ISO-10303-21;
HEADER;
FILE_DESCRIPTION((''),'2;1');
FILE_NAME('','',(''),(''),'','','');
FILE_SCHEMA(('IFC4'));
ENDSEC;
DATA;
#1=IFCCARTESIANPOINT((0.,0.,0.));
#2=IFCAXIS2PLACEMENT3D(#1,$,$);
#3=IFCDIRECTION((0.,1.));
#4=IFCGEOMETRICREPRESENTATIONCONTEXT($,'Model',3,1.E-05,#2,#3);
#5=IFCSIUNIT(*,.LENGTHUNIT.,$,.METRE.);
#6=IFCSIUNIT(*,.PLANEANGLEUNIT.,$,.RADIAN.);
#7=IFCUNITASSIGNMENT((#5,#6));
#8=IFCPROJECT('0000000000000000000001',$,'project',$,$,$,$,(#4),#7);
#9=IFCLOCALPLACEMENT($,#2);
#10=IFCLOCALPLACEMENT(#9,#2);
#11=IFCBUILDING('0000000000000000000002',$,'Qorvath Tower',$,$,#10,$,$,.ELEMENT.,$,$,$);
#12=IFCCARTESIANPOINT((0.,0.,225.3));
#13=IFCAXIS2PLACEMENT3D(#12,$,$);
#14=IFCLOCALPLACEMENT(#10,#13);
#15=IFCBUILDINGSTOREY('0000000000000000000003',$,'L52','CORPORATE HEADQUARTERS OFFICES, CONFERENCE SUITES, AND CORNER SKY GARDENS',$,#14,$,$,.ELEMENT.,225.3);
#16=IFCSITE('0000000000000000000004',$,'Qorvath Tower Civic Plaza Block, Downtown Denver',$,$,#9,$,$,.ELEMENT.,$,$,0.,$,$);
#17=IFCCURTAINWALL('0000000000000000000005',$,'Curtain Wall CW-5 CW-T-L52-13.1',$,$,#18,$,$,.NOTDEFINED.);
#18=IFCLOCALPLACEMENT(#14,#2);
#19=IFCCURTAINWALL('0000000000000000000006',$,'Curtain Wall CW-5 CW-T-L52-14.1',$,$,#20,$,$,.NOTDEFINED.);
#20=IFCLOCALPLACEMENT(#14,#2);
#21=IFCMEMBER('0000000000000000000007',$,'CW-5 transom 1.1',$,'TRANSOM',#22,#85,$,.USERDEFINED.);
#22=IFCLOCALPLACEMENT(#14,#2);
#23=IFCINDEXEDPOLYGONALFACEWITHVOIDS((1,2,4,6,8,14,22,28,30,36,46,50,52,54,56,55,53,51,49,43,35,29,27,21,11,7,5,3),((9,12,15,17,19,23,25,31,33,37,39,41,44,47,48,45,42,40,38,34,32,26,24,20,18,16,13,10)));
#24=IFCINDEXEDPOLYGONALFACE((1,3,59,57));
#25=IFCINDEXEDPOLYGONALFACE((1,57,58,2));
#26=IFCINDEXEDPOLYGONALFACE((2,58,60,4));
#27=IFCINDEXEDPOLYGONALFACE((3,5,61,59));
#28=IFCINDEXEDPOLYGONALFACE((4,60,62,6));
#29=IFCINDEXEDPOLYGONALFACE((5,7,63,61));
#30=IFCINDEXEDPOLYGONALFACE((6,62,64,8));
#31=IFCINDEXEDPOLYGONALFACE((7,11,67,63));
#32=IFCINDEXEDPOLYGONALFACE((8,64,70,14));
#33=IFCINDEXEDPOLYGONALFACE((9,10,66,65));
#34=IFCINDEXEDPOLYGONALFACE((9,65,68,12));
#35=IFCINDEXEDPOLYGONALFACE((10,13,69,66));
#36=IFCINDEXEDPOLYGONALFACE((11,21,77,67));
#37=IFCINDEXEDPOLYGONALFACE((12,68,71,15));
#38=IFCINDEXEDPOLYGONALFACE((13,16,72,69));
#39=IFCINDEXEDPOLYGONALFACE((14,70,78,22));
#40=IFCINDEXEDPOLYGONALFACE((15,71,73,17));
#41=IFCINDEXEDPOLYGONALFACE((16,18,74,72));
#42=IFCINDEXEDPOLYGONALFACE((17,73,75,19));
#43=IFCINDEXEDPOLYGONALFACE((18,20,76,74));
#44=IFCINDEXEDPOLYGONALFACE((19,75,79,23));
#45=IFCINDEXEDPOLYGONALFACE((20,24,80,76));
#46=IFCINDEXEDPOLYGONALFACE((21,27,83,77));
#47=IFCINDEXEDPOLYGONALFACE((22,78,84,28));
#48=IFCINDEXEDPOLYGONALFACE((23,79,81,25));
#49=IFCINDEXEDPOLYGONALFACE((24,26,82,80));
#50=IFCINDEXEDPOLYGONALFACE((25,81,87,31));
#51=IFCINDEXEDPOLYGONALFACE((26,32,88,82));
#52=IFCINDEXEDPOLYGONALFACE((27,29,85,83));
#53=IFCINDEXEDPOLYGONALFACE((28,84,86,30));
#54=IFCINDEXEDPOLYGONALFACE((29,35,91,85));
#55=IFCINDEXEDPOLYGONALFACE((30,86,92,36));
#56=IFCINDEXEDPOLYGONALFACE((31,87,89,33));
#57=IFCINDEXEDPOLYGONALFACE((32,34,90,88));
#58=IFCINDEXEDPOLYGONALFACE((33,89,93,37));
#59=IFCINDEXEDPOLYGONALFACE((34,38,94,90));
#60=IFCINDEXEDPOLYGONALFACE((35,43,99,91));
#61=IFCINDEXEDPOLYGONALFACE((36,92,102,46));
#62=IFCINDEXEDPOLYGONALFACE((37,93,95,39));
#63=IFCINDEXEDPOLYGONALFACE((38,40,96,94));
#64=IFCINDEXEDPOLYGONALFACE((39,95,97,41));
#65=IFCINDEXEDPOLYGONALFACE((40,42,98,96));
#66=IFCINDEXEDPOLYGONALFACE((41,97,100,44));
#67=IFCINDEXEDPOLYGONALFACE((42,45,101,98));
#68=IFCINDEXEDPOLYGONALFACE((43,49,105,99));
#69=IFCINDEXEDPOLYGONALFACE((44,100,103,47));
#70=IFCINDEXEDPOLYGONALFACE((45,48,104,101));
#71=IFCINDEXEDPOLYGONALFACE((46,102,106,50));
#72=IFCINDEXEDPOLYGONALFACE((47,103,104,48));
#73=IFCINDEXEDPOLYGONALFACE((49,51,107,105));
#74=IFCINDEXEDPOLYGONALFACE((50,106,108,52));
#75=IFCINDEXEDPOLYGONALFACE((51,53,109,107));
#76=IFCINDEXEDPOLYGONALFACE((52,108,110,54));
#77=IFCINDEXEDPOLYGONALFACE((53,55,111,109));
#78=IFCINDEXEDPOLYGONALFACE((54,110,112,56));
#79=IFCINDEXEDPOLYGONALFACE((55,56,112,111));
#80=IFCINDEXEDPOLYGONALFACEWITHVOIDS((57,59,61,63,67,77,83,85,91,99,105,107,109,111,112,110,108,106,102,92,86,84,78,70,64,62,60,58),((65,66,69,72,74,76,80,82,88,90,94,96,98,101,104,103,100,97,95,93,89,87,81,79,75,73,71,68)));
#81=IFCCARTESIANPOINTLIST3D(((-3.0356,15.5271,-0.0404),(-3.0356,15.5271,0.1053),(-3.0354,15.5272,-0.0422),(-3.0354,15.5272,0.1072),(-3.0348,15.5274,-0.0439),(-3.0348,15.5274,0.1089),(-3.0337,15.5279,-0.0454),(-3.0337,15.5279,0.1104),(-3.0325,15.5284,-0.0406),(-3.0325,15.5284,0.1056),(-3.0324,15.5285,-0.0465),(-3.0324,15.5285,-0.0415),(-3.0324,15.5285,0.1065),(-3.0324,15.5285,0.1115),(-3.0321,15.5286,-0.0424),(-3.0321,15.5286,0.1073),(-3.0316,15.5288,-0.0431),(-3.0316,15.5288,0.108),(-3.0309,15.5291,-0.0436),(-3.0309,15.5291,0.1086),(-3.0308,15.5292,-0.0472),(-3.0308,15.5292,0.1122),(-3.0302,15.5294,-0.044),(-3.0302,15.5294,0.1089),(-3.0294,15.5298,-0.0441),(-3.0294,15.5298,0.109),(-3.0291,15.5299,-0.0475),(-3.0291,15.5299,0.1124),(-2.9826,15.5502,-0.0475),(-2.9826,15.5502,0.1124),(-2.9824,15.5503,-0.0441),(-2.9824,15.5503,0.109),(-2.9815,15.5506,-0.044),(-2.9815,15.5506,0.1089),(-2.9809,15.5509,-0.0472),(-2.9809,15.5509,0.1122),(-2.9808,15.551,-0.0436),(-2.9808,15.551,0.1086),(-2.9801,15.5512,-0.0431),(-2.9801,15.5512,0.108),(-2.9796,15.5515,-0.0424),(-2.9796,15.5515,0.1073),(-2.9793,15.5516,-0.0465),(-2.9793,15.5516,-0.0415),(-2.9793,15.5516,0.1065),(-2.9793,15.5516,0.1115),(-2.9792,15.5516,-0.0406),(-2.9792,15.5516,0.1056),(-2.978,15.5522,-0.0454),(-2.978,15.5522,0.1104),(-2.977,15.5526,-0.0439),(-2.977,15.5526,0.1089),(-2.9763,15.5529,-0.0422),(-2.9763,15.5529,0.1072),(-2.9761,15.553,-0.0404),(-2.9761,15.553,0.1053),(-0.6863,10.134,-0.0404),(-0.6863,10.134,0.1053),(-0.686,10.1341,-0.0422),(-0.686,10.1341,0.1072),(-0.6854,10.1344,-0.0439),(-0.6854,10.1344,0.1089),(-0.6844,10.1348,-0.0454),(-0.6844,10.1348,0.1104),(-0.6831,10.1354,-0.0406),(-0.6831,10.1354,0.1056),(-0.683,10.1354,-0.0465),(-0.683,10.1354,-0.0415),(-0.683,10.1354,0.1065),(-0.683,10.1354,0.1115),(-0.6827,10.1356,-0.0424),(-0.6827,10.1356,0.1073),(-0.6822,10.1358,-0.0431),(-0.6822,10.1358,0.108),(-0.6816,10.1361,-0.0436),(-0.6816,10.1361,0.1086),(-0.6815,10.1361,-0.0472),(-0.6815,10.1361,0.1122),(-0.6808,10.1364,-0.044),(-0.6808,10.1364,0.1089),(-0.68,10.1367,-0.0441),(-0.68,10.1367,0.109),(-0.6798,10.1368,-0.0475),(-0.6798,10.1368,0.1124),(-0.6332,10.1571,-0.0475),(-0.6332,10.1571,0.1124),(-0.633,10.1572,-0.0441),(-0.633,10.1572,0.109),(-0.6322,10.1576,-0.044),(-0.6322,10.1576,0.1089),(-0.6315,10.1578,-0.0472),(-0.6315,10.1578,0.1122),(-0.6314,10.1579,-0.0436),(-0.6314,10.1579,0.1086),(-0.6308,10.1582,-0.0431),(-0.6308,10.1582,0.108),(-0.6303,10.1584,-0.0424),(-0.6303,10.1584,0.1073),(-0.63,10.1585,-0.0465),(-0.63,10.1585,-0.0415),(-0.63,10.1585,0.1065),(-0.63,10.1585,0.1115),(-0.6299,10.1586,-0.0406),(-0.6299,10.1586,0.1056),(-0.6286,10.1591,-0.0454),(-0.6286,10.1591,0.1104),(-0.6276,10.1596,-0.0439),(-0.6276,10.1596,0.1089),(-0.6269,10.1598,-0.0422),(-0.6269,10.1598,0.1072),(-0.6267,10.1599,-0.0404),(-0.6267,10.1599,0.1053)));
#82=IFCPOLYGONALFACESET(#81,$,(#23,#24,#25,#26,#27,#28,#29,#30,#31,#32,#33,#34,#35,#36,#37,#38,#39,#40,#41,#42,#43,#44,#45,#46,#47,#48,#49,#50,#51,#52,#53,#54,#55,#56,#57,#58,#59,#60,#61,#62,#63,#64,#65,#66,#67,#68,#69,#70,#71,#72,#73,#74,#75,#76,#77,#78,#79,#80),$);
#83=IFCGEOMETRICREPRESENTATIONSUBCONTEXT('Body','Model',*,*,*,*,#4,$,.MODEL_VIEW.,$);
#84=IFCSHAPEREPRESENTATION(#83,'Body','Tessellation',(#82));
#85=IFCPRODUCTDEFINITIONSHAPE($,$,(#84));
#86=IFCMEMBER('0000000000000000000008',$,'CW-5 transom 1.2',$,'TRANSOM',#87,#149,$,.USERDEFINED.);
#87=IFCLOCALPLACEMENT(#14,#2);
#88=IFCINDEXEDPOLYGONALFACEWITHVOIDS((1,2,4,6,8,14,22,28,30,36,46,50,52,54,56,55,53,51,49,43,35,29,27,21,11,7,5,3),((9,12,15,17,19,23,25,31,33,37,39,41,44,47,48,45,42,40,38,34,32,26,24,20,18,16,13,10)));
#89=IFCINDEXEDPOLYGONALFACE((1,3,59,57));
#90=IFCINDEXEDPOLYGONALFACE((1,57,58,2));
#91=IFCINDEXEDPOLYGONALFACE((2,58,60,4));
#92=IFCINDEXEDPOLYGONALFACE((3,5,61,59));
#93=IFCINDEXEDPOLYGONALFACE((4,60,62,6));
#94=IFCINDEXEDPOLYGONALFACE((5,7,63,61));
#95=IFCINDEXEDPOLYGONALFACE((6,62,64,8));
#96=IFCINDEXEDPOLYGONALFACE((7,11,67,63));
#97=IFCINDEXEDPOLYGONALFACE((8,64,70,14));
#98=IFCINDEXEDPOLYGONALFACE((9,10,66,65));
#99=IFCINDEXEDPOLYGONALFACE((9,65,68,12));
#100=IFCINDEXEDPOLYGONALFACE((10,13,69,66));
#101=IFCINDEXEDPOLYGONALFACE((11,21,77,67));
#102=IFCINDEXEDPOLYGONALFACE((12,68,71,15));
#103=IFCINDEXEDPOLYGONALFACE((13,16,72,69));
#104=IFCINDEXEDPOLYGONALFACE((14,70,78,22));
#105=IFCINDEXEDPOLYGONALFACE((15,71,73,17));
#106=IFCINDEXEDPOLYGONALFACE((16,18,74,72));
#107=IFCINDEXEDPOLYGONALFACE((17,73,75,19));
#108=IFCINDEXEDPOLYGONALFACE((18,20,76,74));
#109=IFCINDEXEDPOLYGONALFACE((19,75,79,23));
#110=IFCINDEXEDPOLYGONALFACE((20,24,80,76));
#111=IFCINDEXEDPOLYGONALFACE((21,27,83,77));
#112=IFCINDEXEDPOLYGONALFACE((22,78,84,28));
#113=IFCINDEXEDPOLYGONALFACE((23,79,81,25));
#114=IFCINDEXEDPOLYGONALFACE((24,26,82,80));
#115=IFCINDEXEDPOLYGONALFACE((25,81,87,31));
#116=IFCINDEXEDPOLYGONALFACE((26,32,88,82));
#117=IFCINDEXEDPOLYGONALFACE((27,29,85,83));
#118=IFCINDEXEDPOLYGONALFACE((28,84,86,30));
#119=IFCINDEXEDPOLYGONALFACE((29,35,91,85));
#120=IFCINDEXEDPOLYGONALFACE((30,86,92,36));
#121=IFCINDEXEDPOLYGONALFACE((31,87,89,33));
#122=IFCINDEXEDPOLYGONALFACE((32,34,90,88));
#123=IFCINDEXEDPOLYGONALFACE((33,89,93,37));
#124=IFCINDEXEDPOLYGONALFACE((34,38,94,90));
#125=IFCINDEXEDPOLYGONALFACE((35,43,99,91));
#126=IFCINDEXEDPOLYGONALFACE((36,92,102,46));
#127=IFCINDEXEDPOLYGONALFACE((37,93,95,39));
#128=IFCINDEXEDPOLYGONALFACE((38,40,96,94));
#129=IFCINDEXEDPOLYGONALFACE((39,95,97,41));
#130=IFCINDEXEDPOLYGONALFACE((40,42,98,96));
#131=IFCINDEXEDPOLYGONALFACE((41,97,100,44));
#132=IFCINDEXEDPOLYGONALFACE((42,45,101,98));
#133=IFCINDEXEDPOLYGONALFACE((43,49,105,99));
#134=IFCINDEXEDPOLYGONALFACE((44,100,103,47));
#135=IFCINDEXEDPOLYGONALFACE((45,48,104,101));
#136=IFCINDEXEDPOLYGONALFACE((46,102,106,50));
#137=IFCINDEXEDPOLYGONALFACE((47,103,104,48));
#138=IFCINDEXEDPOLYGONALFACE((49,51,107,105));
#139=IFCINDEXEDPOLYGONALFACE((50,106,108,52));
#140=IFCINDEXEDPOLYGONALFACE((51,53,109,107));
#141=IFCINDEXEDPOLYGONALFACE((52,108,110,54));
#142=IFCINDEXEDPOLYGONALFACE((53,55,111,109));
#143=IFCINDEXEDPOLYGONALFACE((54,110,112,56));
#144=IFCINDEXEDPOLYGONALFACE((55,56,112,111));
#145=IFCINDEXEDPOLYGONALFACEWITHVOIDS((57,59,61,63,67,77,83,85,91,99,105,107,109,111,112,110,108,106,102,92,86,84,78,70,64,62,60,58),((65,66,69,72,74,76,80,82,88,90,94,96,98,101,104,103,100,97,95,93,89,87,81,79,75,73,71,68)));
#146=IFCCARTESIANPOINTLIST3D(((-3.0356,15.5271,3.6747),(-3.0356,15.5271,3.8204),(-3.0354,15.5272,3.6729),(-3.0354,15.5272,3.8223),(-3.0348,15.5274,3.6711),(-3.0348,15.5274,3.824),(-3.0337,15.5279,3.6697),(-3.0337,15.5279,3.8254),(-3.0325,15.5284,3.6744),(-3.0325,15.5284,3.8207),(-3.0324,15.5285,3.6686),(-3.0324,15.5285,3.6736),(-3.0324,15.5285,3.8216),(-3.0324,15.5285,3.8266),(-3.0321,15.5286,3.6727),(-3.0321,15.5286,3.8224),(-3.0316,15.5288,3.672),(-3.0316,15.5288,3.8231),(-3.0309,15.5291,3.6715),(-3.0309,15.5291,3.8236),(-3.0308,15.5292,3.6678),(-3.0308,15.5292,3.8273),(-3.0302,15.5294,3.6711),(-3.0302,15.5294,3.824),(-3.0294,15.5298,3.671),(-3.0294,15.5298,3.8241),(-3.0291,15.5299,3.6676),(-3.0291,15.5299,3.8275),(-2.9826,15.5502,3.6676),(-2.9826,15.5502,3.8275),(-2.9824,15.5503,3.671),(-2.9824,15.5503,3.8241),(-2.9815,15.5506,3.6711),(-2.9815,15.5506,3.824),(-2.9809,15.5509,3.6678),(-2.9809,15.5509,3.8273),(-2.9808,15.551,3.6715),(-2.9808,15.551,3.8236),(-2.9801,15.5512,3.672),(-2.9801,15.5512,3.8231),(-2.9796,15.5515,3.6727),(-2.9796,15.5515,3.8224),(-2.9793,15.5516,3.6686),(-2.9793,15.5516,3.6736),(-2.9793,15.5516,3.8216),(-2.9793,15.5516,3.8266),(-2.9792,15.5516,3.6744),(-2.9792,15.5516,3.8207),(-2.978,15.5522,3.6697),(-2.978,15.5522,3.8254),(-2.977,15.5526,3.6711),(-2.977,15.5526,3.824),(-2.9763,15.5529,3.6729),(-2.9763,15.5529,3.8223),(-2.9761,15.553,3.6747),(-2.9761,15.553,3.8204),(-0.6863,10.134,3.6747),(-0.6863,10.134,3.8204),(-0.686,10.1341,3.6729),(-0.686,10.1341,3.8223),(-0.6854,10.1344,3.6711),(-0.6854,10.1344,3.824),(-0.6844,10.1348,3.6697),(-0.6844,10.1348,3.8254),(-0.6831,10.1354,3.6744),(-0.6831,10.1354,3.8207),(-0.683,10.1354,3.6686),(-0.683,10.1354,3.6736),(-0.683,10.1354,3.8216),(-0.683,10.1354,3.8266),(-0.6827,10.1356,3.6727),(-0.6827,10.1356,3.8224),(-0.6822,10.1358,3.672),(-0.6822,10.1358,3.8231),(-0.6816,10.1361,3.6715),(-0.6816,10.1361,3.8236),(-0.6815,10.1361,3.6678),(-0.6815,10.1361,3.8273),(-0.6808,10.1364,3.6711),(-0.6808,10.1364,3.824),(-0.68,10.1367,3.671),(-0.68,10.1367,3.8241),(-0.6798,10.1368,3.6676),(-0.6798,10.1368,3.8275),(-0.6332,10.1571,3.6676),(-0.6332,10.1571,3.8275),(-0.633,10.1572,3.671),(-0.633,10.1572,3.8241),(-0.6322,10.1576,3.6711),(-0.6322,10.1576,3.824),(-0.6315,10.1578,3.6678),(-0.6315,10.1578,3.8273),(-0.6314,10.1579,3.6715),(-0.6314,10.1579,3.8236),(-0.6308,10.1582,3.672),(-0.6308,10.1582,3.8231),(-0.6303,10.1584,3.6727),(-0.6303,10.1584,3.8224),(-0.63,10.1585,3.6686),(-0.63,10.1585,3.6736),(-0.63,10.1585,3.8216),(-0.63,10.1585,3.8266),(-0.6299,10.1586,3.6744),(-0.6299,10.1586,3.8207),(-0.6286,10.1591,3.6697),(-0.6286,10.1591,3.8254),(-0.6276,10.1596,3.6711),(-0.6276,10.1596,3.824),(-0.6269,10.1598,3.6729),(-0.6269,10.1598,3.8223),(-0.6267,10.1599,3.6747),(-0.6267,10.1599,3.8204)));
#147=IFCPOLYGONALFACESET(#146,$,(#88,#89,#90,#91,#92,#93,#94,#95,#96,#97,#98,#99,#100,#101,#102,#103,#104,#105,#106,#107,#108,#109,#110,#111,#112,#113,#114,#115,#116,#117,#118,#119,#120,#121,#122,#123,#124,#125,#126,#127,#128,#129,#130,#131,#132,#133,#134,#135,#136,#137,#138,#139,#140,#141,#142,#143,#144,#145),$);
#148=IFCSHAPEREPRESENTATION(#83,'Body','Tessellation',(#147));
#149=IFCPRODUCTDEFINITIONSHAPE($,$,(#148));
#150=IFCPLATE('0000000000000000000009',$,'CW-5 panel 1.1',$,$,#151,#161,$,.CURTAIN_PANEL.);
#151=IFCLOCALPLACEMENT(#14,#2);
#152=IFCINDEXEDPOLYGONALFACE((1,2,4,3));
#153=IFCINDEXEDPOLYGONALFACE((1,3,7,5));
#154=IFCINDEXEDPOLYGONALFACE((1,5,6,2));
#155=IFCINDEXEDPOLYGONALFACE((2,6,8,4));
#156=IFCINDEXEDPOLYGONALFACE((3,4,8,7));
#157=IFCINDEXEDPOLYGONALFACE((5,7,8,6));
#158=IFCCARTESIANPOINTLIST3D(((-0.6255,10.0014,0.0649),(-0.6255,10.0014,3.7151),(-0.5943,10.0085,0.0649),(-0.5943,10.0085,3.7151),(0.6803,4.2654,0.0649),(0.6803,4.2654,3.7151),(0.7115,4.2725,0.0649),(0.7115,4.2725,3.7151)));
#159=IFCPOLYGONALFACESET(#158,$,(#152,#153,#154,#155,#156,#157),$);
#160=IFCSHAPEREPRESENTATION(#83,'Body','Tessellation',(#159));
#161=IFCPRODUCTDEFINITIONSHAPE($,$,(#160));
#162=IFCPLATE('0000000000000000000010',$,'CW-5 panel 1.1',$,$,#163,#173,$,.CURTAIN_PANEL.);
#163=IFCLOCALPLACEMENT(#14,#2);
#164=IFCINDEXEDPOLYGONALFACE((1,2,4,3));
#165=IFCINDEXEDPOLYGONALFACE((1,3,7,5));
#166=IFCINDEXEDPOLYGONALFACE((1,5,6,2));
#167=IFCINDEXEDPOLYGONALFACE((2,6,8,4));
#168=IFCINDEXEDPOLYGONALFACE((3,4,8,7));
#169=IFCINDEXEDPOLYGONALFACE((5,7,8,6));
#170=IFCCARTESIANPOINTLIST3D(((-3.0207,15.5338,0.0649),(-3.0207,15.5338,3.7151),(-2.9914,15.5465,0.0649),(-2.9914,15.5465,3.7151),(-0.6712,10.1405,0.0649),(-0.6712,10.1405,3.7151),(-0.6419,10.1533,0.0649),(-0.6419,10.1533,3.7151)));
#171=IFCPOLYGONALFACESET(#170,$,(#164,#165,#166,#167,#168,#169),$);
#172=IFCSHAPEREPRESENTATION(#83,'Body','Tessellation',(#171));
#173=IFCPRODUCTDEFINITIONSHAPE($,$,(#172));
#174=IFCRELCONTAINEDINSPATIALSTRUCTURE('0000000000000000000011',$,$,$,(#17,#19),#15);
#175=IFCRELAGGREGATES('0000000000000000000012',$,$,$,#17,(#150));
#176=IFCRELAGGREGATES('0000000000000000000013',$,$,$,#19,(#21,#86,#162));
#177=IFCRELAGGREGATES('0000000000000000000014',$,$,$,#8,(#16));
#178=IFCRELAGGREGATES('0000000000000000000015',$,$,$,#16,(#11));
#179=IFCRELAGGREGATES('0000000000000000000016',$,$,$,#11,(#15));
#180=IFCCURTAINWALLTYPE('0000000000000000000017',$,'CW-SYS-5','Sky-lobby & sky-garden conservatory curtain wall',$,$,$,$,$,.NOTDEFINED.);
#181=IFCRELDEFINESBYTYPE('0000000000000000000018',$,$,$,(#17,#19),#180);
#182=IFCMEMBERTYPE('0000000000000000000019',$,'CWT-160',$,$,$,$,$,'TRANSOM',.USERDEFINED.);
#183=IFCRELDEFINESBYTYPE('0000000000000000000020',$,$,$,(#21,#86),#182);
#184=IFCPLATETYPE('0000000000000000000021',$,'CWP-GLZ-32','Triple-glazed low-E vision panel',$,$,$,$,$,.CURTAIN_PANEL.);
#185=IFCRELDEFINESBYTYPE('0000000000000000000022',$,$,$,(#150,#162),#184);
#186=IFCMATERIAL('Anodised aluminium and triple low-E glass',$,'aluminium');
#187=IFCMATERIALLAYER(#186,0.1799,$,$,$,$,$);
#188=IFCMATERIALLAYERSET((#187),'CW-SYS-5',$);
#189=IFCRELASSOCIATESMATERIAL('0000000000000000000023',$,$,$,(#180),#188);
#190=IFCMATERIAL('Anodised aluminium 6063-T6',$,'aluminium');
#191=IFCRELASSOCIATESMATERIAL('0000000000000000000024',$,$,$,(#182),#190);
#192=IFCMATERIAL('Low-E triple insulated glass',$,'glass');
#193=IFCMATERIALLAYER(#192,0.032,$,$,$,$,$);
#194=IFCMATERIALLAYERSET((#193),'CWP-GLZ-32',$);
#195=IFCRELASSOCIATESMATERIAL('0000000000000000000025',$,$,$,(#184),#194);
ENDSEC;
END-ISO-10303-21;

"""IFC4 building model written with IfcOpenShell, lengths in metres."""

from ifc_helpers import new_model, si_unit, direction, frame, origin, origin_2d, place, context, subcontext, project, spatial, rectangle, hollow_rectangle, extrude, material, layer, layer_set, material_profile, profile_set, type_object, element, aggregate, save


model = new_model("IFC4")

# Units and contexts
model_context = context("Model", 3, precision=1e-05, world=origin(), true_north=direction((0.0, 1.0)))
body_context = subcontext(model_context, "Body", "Model", "MODEL_VIEW")
ifc_project = project(units=[si_unit("LENGTHUNIT", "METRE"), si_unit("PLANEANGLEUNIT", "RADIAN")], contexts=[model_context])

# Site, building, storey
site_placement = place(None, origin())
site = spatial("IfcSite", under=ifc_project, at=site_placement, Name="Qorvath Tower Civic Plaza Block, Downtown Denver", CompositionType="ELEMENT", RefElevation=0.0)
building_placement = place(site_placement, origin())
building = spatial("IfcBuilding", under=site, at=building_placement, Name="Qorvath Tower", CompositionType="ELEMENT")
storey_placement = place(building_placement, frame((0.0, 0.0, 225.3)))
storey = spatial("IfcBuildingStorey", under=building, at=storey_placement, Name="L52", Description="CORPORATE HEADQUARTERS OFFICES, CONFERENCE SUITES, AND CORNER SKY GARDENS", CompositionType="ELEMENT", Elevation=225.3)

# Curtain wall
ifc_material_1 = material(Name="Anodised aluminium and triple low-E glass", Category="aluminium")
ifc_layer_1 = layer(ifc_material_1, 0.1799)
ifc_layer_set_1 = layer_set([ifc_layer_1], Name="CW-SYS-5")
curtain_wall_type = type_object("IfcCurtainWallType", Name="CW-SYS-5", Description="Sky-lobby & sky-garden conservatory curtain wall", PredefinedType="NOTDEFINED", material=ifc_layer_set_1)
curtain_wall_1_placement = place(storey_placement, origin())
curtain_wall_1 = element("IfcCurtainWall", 1, at=curtain_wall_1_placement, inside=storey, type_object=curtain_wall_type, Name="Curtain Wall CW-5 CW-T-L52-13.1", PredefinedType="NOTDEFINED")

# Curtain wall
curtain_wall_2_placement = place(storey_placement, origin())
curtain_wall_2 = element("IfcCurtainWall", 2, at=curtain_wall_2_placement, inside=storey, type_object=curtain_wall_type, Name="Curtain Wall CW-5 CW-T-L52-14.1", PredefinedType="NOTDEFINED")

# Members
ifc_material_2 = material(Name="Anodised aluminium 6063-T6", Category="aluminium")
ifc_material_profile_1 = material_profile(ifc_material_2, hollow_rectangle(XDim=0.0649, YDim=0.1599, WallThickness=0.0034, InnerFilletRadius=0.0034, OuterFilletRadius=0.0071, at=origin_2d()), Name="CWT 160x65")
ifc_profile_set_1 = profile_set([ifc_material_profile_1], Name="Anodised aluminium 6063-T6")
member_type_1 = type_object("IfcMemberType", Name="CWT-160", ElementType="TRANSOM", PredefinedType="USERDEFINED", material=ifc_profile_set_1)
member_1_placement = place(storey_placement, frame((-0.6565, 10.147, 0.0325), z_axis=(-0.399377, 0.916787, 0.0), x_axis=(-0.916787, -0.399377, 0.0)))
member_1 = element("IfcMember", 3, at=member_1_placement, type_object=member_type_1, Name="CW-5 transom 1.1", ObjectType="TRANSOM", PredefinedType="USERDEFINED", context=body_context, shape_type="SweptSolid", body=[
    extrude(hollow_rectangle(XDim=0.0649, YDim=0.1599, WallThickness=0.0034, InnerFilletRadius=0.0034, OuterFilletRadius=0.0071, at=origin_2d()), origin(), (0.0, 0.0, 1.0), 5.8826),
])
member_2_placement = place(storey_placement, frame((-0.6565, 10.147, 3.7476), z_axis=(-0.399377, 0.916787, 0.0), x_axis=(-0.916787, -0.399377, 0.0)))
member_2 = element("IfcMember", 4, at=member_2_placement, type_object=member_type_1, Name="CW-5 transom 1.2", ObjectType="TRANSOM", PredefinedType="USERDEFINED", context=body_context, shape_type="SweptSolid", body=[
    extrude(hollow_rectangle(XDim=0.0649, YDim=0.1599, WallThickness=0.0034, InnerFilletRadius=0.0034, OuterFilletRadius=0.0071, at=origin_2d()), origin(), (0.0, 0.0, 1.0), 5.8826),
])

# Plates
ifc_material_3 = material(Name="Low-E triple insulated glass", Category="glass")
ifc_layer_2 = layer(ifc_material_3, 0.032)
ifc_layer_set_2 = layer_set([ifc_layer_2], Name="CWP-GLZ-32")
plate_type = type_object("IfcPlateType", Name="CWP-GLZ-32", Description="Triple-glazed low-E vision panel", PredefinedType="CURTAIN_PANEL", material=ifc_layer_set_2)
plate_1_placement = place(storey_placement, frame((0.043, 7.137, 0.0649), z_axis=(0.0, 0.0, 1.0), x_axis=(-0.22197, 0.975053, 0.0)))
plate_1 = element("IfcPlate", 5, at=plate_1_placement, type_object=plate_type, Name="CW-5 panel 1.1", PredefinedType="CURTAIN_PANEL", context=body_context, shape_type="SweptSolid", body=[
    extrude(rectangle(XDim=5.8828, YDim=0.032, at=origin_2d()), origin(), (0.0, 0.0, 1.0), 3.6501),
])
aggregate(curtain_wall_1, [plate_1])
plate_2_placement = place(storey_placement, frame((-1.8313, 12.8435, 0.0649), z_axis=(0.0, 0.0, 1.0), x_axis=(-0.399382, 0.916785, 0.0)))
plate_2 = element("IfcPlate", 6, at=plate_2_placement, type_object=plate_type, Name="CW-5 panel 1.1", PredefinedType="CURTAIN_PANEL", context=body_context, shape_type="SweptSolid", body=[
    extrude(rectangle(XDim=5.8828, YDim=0.032, at=origin_2d()), origin(), (0.0, 0.0, 1.0), 3.6501),
])
aggregate(curtain_wall_2, [member_1, member_2, plate_2])

save(model, "model.ifc")
